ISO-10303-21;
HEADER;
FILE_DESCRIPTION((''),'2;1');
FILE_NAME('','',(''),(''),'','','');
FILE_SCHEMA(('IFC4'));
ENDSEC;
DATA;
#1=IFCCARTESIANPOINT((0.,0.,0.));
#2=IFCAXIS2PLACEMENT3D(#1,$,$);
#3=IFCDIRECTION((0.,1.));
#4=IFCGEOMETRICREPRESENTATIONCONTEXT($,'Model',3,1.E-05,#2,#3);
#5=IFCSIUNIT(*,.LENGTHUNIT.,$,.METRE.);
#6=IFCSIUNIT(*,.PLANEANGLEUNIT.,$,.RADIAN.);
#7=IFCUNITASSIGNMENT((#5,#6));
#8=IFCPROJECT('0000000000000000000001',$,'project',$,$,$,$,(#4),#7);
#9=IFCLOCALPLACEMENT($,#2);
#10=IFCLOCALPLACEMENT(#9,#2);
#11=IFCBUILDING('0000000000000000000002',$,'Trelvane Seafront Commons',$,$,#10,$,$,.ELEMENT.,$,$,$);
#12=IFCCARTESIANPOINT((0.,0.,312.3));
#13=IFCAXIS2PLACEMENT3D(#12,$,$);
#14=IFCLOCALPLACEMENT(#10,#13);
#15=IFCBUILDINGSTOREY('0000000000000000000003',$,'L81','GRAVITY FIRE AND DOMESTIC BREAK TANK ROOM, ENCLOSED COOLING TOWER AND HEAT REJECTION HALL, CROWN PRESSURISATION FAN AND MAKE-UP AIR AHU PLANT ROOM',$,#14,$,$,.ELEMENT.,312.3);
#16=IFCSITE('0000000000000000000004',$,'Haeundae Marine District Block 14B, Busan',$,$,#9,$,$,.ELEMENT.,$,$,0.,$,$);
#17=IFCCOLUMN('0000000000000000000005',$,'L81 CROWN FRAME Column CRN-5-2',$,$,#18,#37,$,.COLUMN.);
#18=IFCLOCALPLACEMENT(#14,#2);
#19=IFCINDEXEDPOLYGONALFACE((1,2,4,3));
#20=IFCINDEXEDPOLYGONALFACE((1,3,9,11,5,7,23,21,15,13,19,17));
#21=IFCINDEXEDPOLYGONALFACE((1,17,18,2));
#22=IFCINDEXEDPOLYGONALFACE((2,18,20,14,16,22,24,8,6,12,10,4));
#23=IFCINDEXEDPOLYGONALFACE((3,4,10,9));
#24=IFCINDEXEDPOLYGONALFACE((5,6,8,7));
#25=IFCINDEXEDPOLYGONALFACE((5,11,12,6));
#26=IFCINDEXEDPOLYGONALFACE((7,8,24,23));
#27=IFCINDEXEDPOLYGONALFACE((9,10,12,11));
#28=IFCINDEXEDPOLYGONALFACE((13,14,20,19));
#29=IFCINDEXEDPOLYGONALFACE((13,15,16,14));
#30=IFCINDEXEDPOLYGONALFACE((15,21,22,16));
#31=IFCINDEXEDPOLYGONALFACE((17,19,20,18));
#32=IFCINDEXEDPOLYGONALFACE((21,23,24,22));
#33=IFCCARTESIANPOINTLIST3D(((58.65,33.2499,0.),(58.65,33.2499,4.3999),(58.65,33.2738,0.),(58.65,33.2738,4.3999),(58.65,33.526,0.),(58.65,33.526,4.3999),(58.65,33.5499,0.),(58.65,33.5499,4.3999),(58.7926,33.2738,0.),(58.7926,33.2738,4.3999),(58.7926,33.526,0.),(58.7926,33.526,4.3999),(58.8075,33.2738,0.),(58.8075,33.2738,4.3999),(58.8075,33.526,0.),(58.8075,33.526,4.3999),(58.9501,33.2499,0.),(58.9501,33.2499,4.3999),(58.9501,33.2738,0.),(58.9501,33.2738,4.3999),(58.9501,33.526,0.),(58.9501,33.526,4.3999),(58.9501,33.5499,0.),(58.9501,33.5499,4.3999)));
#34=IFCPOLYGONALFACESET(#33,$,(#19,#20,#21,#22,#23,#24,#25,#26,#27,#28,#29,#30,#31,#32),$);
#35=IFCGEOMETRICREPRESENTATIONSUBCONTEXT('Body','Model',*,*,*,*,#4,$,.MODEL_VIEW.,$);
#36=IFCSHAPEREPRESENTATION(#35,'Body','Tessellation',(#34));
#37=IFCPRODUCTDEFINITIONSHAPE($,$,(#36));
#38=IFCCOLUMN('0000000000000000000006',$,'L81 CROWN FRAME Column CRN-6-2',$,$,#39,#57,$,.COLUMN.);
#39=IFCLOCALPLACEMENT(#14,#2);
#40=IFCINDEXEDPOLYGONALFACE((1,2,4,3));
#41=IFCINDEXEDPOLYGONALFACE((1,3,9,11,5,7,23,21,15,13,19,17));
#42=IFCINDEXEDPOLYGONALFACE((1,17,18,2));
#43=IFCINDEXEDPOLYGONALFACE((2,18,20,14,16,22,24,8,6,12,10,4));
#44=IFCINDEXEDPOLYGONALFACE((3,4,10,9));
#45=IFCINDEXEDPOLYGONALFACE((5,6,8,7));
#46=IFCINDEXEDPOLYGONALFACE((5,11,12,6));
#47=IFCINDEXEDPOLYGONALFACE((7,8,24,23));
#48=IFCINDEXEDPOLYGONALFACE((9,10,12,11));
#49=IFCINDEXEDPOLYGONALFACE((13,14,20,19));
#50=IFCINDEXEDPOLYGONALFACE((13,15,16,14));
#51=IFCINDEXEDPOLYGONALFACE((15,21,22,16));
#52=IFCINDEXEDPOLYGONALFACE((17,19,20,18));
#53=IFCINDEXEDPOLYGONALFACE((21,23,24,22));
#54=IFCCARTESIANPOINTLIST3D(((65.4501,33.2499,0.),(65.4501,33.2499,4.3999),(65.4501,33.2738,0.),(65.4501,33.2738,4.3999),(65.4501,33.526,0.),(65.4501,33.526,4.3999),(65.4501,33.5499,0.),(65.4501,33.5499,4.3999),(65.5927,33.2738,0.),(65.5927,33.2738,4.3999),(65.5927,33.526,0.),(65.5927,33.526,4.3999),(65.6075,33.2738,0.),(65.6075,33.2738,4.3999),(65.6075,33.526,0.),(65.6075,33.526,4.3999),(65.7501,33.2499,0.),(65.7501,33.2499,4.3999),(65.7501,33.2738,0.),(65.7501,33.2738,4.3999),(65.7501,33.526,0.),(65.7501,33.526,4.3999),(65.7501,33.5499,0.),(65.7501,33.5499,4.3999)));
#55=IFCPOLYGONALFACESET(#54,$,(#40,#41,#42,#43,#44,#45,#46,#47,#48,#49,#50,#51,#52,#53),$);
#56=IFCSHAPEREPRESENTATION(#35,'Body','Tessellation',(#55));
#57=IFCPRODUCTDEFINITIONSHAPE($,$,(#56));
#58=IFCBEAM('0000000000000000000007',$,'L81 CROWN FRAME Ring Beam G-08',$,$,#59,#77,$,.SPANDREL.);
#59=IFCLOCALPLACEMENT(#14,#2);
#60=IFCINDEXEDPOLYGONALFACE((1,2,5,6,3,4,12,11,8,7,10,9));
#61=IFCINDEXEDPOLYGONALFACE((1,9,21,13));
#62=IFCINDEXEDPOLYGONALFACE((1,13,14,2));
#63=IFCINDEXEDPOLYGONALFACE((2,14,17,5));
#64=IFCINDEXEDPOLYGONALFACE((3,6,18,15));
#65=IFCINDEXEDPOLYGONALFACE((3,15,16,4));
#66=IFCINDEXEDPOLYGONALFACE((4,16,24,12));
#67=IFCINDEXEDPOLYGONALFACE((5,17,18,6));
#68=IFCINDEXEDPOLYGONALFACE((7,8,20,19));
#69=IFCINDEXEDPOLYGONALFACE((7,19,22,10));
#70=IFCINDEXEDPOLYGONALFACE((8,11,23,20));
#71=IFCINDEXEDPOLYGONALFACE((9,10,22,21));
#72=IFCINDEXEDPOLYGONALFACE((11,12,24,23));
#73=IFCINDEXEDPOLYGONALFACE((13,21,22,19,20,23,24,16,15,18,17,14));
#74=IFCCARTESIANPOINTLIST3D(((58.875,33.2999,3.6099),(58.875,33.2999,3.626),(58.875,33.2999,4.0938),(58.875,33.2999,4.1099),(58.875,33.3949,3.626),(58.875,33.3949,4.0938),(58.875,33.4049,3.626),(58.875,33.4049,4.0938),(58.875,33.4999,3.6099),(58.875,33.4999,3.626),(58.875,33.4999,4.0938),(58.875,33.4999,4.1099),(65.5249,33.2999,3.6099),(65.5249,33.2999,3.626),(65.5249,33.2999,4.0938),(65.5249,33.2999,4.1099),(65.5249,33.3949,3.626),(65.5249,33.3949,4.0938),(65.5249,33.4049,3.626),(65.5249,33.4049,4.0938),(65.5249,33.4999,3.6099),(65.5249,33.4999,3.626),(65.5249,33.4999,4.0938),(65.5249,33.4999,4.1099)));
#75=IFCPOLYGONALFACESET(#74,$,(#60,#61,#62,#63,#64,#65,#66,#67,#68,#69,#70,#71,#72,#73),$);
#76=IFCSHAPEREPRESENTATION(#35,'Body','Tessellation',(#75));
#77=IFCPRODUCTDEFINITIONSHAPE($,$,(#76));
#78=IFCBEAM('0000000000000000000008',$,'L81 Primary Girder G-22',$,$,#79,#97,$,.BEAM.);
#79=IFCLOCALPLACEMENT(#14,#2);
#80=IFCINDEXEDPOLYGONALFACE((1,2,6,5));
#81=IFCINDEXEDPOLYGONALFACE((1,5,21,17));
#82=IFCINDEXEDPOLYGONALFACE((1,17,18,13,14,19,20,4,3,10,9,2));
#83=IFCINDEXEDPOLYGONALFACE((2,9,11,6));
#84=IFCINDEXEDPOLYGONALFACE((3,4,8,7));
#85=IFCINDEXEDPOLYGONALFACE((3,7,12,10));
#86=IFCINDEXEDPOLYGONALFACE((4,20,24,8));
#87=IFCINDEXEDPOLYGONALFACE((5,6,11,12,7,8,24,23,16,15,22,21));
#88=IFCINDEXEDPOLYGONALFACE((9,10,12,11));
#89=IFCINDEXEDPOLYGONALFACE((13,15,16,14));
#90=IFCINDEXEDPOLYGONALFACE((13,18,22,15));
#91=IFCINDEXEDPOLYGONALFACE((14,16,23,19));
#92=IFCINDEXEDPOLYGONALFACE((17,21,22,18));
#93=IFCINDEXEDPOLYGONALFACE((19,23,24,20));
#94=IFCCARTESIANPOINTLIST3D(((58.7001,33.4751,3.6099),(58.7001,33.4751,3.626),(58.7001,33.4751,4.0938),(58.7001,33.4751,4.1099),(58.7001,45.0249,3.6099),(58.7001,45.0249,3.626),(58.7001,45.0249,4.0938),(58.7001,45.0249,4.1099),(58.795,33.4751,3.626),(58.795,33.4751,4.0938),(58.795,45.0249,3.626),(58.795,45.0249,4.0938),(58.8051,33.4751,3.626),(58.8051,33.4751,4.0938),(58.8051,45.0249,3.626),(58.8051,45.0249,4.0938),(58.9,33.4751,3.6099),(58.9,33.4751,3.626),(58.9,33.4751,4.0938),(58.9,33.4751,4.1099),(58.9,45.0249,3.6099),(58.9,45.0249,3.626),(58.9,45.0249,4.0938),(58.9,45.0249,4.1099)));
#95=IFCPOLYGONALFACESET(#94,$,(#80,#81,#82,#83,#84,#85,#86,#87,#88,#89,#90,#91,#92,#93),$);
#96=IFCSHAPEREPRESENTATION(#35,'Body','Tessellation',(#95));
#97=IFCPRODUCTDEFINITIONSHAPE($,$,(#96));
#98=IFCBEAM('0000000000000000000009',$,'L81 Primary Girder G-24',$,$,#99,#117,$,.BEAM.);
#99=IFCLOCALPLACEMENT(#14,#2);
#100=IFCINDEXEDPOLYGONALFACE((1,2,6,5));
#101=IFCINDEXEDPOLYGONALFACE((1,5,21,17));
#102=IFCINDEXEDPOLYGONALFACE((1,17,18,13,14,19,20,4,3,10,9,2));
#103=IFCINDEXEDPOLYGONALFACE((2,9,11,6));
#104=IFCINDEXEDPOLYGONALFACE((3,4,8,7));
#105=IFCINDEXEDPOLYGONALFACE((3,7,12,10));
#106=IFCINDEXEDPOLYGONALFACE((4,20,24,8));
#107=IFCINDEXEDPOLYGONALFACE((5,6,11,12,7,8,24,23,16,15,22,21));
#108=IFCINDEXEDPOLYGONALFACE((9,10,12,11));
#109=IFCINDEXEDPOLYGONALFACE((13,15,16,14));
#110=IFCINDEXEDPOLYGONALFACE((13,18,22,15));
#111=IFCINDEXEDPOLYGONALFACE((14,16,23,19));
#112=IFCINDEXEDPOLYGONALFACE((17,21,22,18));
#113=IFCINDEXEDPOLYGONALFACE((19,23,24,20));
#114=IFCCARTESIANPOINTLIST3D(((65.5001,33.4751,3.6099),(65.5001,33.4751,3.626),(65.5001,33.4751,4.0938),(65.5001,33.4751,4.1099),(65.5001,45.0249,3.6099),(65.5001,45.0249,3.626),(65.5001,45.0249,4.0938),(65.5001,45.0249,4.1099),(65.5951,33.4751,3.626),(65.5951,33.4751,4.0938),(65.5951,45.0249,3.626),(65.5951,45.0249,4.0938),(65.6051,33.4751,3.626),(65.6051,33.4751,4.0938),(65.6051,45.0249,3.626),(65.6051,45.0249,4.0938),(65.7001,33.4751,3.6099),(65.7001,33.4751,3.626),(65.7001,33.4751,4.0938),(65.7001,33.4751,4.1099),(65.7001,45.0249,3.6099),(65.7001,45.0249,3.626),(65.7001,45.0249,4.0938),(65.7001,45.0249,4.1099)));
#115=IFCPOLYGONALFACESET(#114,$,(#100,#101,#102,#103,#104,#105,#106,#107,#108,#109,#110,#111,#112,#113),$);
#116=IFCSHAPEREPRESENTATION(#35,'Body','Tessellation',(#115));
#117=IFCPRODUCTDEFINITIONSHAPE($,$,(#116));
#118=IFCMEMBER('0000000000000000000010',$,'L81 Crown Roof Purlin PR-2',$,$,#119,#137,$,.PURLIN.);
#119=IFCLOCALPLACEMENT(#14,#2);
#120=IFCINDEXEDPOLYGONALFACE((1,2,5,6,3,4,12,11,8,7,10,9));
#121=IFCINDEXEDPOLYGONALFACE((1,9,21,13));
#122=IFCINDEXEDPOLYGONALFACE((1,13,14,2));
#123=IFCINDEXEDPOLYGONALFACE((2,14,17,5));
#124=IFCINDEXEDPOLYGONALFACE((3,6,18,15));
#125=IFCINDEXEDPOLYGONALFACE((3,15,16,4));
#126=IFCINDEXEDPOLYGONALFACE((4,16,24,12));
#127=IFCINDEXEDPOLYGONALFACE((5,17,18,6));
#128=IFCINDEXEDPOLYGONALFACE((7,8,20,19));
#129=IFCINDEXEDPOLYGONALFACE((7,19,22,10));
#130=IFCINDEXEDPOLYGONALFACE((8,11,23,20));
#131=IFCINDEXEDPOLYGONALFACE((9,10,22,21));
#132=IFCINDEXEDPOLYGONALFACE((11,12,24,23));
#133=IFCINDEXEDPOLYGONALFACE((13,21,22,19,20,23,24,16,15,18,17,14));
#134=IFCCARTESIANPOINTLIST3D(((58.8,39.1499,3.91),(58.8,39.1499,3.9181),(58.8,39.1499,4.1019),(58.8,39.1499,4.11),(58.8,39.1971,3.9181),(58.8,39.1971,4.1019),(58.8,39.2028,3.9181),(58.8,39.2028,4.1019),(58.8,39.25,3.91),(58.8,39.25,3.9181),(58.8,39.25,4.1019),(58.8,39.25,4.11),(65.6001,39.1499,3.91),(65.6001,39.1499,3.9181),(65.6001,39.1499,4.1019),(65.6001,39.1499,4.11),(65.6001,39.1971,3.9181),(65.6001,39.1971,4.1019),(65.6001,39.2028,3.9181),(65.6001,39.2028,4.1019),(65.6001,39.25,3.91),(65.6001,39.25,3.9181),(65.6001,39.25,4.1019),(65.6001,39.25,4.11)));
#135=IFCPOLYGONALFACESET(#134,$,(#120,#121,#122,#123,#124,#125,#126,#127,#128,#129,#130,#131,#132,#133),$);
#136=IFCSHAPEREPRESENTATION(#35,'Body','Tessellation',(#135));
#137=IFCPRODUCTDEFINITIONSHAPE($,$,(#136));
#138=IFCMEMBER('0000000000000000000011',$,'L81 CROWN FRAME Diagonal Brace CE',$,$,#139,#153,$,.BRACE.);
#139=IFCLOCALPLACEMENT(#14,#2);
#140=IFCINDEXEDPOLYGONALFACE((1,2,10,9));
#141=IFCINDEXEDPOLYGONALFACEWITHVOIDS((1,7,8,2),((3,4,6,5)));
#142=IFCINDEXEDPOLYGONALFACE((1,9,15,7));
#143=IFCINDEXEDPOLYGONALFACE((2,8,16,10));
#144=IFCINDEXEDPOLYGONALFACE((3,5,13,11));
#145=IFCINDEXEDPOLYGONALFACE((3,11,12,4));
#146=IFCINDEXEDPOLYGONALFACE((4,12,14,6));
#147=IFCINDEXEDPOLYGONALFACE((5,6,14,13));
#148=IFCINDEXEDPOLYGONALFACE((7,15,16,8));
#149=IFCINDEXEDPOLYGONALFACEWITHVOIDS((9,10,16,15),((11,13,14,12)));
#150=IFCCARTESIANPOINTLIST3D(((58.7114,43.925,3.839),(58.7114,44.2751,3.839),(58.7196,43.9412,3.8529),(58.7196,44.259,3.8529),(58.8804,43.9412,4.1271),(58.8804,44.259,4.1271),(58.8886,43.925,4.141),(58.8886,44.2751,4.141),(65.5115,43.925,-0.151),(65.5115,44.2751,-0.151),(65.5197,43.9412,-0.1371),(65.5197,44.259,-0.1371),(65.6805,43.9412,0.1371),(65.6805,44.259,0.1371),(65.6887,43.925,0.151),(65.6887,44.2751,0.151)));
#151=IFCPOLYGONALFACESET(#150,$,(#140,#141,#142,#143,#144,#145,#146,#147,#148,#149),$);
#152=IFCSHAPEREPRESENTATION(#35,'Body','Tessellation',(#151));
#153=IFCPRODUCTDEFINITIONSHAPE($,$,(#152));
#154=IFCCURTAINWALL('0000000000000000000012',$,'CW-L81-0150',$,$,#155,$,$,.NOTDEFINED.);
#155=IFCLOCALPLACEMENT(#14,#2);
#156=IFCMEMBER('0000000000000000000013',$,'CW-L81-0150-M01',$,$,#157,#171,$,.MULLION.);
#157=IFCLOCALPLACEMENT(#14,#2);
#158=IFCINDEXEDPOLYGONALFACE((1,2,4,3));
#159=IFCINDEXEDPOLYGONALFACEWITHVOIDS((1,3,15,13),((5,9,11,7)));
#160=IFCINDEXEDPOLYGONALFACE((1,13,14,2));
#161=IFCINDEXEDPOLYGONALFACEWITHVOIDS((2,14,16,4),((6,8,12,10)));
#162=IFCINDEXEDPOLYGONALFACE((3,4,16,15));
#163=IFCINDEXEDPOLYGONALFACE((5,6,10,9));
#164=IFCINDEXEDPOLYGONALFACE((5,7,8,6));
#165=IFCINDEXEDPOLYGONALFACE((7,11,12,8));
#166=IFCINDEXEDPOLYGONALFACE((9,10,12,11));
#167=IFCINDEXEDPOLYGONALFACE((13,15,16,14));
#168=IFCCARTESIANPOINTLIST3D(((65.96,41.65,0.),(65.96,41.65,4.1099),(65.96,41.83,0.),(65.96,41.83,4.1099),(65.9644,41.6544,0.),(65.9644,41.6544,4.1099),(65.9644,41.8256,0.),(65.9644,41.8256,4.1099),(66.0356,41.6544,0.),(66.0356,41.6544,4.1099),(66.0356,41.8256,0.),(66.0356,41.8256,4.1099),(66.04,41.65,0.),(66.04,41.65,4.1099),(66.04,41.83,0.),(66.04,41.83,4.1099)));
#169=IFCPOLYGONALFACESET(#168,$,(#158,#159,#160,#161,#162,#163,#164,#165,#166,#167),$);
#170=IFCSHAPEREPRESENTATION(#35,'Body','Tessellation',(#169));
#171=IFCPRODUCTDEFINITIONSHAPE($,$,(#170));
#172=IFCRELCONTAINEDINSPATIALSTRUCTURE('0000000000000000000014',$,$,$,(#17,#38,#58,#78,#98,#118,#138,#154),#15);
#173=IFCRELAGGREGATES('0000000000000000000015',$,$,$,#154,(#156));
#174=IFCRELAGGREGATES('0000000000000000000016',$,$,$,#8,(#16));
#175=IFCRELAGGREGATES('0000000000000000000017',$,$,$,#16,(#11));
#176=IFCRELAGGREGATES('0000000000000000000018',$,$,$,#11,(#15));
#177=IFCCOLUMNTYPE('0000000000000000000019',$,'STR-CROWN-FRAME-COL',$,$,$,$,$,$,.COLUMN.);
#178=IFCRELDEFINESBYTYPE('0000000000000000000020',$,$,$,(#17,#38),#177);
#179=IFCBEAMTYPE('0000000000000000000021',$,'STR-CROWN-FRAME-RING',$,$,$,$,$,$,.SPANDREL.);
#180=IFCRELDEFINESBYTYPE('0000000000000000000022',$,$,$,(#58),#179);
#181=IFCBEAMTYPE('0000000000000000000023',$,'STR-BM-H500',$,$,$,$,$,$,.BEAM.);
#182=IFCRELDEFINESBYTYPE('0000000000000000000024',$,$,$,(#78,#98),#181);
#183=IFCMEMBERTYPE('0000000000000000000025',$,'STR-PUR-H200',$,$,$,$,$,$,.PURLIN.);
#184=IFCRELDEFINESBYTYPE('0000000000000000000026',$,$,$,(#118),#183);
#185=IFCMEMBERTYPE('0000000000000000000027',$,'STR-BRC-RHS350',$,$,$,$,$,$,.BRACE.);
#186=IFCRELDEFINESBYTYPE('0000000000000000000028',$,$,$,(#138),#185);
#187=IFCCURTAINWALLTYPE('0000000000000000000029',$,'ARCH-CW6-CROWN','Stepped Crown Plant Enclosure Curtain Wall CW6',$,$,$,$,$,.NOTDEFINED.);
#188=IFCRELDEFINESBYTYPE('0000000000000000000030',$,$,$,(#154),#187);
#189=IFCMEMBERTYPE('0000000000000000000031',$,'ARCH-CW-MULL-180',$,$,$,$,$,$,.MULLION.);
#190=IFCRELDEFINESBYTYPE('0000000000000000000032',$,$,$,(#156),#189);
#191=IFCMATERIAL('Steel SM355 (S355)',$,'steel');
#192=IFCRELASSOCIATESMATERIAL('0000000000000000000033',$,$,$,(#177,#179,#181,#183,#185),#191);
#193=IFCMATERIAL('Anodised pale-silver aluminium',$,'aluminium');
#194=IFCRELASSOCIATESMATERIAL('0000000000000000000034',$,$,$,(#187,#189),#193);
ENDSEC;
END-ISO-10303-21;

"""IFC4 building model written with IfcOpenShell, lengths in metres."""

from ifc_helpers import new_model, si_unit, direction, frame, origin, origin_2d, place, context, subcontext, project, spatial, hollow_rectangle, i_section, extrude, source, transform, mapped, material, material_profile, profile_set, type_object, element, aggregate, save


model = new_model("IFC4")

# Units and contexts
model_context = context("Model", 3, precision=1e-05, world=origin(), true_north=direction((0.0, 1.0)))
body_context = subcontext(model_context, "Body", "Model", "MODEL_VIEW")
ifc_project = project(units=[si_unit("LENGTHUNIT", "METRE"), si_unit("PLANEANGLEUNIT", "RADIAN")], contexts=[model_context])

# Site, building, storey
site_placement = place(None, origin())
site = spatial("IfcSite", under=ifc_project, at=site_placement, Name="Haeundae Marine District Block 14B, Busan", CompositionType="ELEMENT", RefElevation=0.0)
building_placement = place(site_placement, origin())
building = spatial("IfcBuilding", under=site, at=building_placement, Name="Trelvane Seafront Commons", CompositionType="ELEMENT")
storey_placement = place(building_placement, frame((0.0, 0.0, 312.3)))
storey = spatial("IfcBuildingStorey", under=building, at=storey_placement, Name="L81", Description="GRAVITY FIRE AND DOMESTIC BREAK TANK ROOM, ENCLOSED COOLING TOWER AND HEAT REJECTION HALL, CROWN PRESSURISATION FAN AND MAKE-UP AIR AHU PLANT ROOM", CompositionType="ELEMENT", Elevation=312.3)

# Columns
ifc_material_1 = material(Name="Steel SM355 (S355)", Category="steel")
ifc_material_profile_1 = material_profile(ifc_material_1, i_section(OverallWidth=0.3, OverallDepth=0.3, WebThickness=0.0149, FlangeThickness=0.0239, at=origin_2d()), Name="HD-300x300x15x24")
ifc_profile_set_1 = profile_set([ifc_material_profile_1], Name="Steel SM355 (S355)")
column_type = type_object("IfcColumnType", Name="STR-CROWN-FRAME-COL", PredefinedType="COLUMN", material=ifc_profile_set_1)
shared_shape_1 = source(origin(), body_context, "Body", "SweptSolid", [
    extrude(i_section(OverallWidth=0.3, OverallDepth=0.3, WebThickness=0.0149, FlangeThickness=0.0239, at=origin_2d()), origin(), (0.0, 0.0, 1.0), 4.3999),
])
for number, where, z_axis, x_axis, name in (
    (1, (58.8, 33.3999, 0.0), (0.0, 0.0, 1.0), (1.0, 0.0, 0.0), "L81 CROWN FRAME Column CRN-5-2"),
    (2, (65.6001, 33.3999, 0.0), (0.0, 0.0, 1.0), (1.0, 0.0, 0.0), "L81 CROWN FRAME Column CRN-6-2"),
):
    element("IfcColumn", number, at=place(storey_placement, frame(where, z_axis=z_axis, x_axis=x_axis)), inside=storey, type_object=column_type, Name=name, PredefinedType="COLUMN", context=body_context, shape_type="MappedRepresentation", body=[
        mapped(shared_shape_1, transform((0.0, 0.0, 0.0), x_axis=(1.0, 0.0, 0.0), y_axis=(0.0, 1.0, 0.0), z_axis=(0.0, 0.0, 1.0), scale=1.0)),
    ])

# Beams
ifc_material_profile_2 = material_profile(ifc_material_1, i_section(OverallWidth=0.2, OverallDepth=0.5, WebThickness=0.01, FlangeThickness=0.0161, at=origin_2d()), Name="H-500x200x10x16")
ifc_profile_set_2 = profile_set([ifc_material_profile_2], Name="Steel SM355 (S355)")
beam_type_1 = type_object("IfcBeamType", Name="STR-CROWN-FRAME-RING", PredefinedType="SPANDREL", material=ifc_profile_set_2)
shared_shape_2 = source(origin(), body_context, "Body", "SweptSolid", [
    extrude(i_section(OverallWidth=0.2, OverallDepth=0.5, WebThickness=0.01, FlangeThickness=0.0161, at=origin_2d()), origin(), (0.0, 0.0, 1.0), 6.6499),
])
beam_placement = place(storey_placement, frame((58.875, 33.3999, 3.8599), z_axis=(1.0, 0.0, 0.0), x_axis=(0.0, 1.0, 0.0)))
element("IfcBeam", 3, at=beam_placement, inside=storey, type_object=beam_type_1, Name="L81 CROWN FRAME Ring Beam G-08", PredefinedType="SPANDREL", context=body_context, shape_type="MappedRepresentation", body=[
    mapped(shared_shape_2, transform((0.0, 0.0, 0.0), x_axis=(1.0, 0.0, 0.0), y_axis=(0.0, 1.0, 0.0), z_axis=(0.0, 0.0, 1.0), scale=1.0)),
])
ifc_material_profile_3 = material_profile(ifc_material_1, i_section(OverallWidth=0.2, OverallDepth=0.5, WebThickness=0.01, FlangeThickness=0.0161, at=origin_2d()), Name="H-500x200x10x16")
ifc_profile_set_3 = profile_set([ifc_material_profile_3], Name="Steel SM355 (S355)")
beam_type_2 = type_object("IfcBeamType", Name="STR-BM-H500", PredefinedType="BEAM", material=ifc_profile_set_3)
shared_shape_3 = source(origin(), body_context, "Body", "SweptSolid", [
    extrude(i_section(OverallWidth=0.2, OverallDepth=0.5, WebThickness=0.01, FlangeThickness=0.0161, at=origin_2d()), origin(), (0.0, 0.0, 1.0), 11.5498),
])
for number, where, z_axis, x_axis, name in (
    (4, (58.8, 33.4751, 3.8599), (0.0, 1.0, 0.0), (-1.0, 0.0, 0.0), "L81 Primary Girder G-22"),
    (5, (65.6001, 33.4751, 3.8599), (0.0, 1.0, 0.0), (-1.0, 0.0, 0.0), "L81 Primary Girder G-24"),
):
    element("IfcBeam", number, at=place(storey_placement, frame(where, z_axis=z_axis, x_axis=x_axis)), inside=storey, type_object=beam_type_2, Name=name, PredefinedType="BEAM", context=body_context, shape_type="MappedRepresentation", body=[
        mapped(shared_shape_3, transform((0.0, 0.0, 0.0), x_axis=(1.0, 0.0, 0.0), y_axis=(0.0, 1.0, 0.0), z_axis=(0.0, 0.0, 1.0), scale=1.0)),
    ])

# Members
ifc_material_profile_4 = material_profile(ifc_material_1, i_section(OverallWidth=0.1001, OverallDepth=0.2, WebThickness=0.0056, FlangeThickness=0.0081, at=origin_2d()), Name="H-200x100x5.5x8")
ifc_profile_set_4 = profile_set([ifc_material_profile_4], Name="Steel SM355 (S355)")
member_type_1 = type_object("IfcMemberType", Name="STR-PUR-H200", PredefinedType="PURLIN", material=ifc_profile_set_4)
shared_shape_4 = source(origin(), body_context, "Body", "SweptSolid", [
    extrude(i_section(OverallWidth=0.1001, OverallDepth=0.2, WebThickness=0.0056, FlangeThickness=0.0081, at=origin_2d()), origin(), (0.0, 0.0, 1.0), 6.8),
])
member_1_placement = place(storey_placement, frame((58.8, 39.2, 4.01), z_axis=(1.0, 0.0, 0.0), x_axis=(0.0, 1.0, 0.0)))
element("IfcMember", 6, at=member_1_placement, inside=storey, type_object=member_type_1, Name="L81 Crown Roof Purlin PR-2", PredefinedType="PURLIN", context=body_context, shape_type="MappedRepresentation", body=[
    mapped(shared_shape_4, transform((0.0, 0.0, 0.0), x_axis=(1.0, 0.0, 0.0), y_axis=(0.0, 1.0, 0.0), z_axis=(0.0, 0.0, 1.0), scale=1.0)),
])
ifc_material_profile_5 = material_profile(ifc_material_1, hollow_rectangle(XDim=0.3501, YDim=0.3501, WallThickness=0.0161, at=origin_2d()), Name="RHS-350x350x16")
ifc_profile_set_5 = profile_set([ifc_material_profile_5], Name="Steel SM355 (S355)")
member_type_2 = type_object("IfcMemberType", Name="STR-BRC-RHS350", PredefinedType="BRACE", material=ifc_profile_set_5)
shared_shape_5 = source(origin(), body_context, "Body", "SweptSolid", [
    extrude(hollow_rectangle(XDim=0.3501, YDim=0.3501, WallThickness=0.0161, at=origin_2d()), origin(), (0.0, 0.0, 1.0), 7.8843),
])
member_2_placement = place(storey_placement, frame((65.6001, 44.1001, 0.0), z_axis=(-0.86249, 0.0, 0.506074), x_axis=(0.0, -1.0, 0.0)))
element("IfcMember", 7, at=member_2_placement, inside=storey, type_object=member_type_2, Name="L81 CROWN FRAME Diagonal Brace CE", PredefinedType="BRACE", context=body_context, shape_type="MappedRepresentation", body=[
    mapped(shared_shape_5, transform((0.0, 0.0, 0.0), x_axis=(1.0, 0.0, 0.0), y_axis=(0.0, 1.0, 0.0), z_axis=(0.0, 0.0, 1.0), scale=1.0)),
])

# Curtain wall, member
ifc_material_2 = material(Name="Anodised pale-silver aluminium", Category="aluminium")
curtain_wall_type = type_object("IfcCurtainWallType", Name="ARCH-CW6-CROWN", Description="Stepped Crown Plant Enclosure Curtain Wall CW6", PredefinedType="NOTDEFINED", material=ifc_material_2)
curtain_wall_placement = place(storey_placement, origin())
curtain_wall = element("IfcCurtainWall", 8, at=curtain_wall_placement, inside=storey, type_object=curtain_wall_type, Name="CW-L81-0150", PredefinedType="NOTDEFINED")
ifc_material_profile_6 = material_profile(ifc_material_2, hollow_rectangle(XDim=0.0801, YDim=0.1799, WallThickness=0.0044, at=origin_2d()), Name="MULL-80x180x4.5")
ifc_profile_set_6 = profile_set([ifc_material_profile_6], Name="Anodised pale-silver aluminium")
member_type_3 = type_object("IfcMemberType", Name="ARCH-CW-MULL-180", PredefinedType="MULLION", material=ifc_profile_set_6)
shared_shape_6 = source(origin(), body_context, "Body", "SweptSolid", [
    extrude(hollow_rectangle(XDim=0.0801, YDim=0.1799, WallThickness=0.0044, at=origin_2d()), origin(), (0.0, 0.0, 1.0), 4.1099),
])
member_3_placement = place(storey_placement, frame((66.0, 41.74, 0.0), z_axis=(0.0, 0.0, 1.0), x_axis=(1.0, 0.0, 0.0)))
member_3 = element("IfcMember", 9, at=member_3_placement, type_object=member_type_3, Name="CW-L81-0150-M01", PredefinedType="MULLION", context=body_context, shape_type="MappedRepresentation", body=[
    mapped(shared_shape_6, transform((0.0, 0.0, 0.0), x_axis=(1.0, 0.0, 0.0), y_axis=(0.0, 1.0, 0.0), z_axis=(0.0, 0.0, 1.0), scale=1.0)),
])

aggregate(curtain_wall, [member_3])

save(model, "model.ifc")
